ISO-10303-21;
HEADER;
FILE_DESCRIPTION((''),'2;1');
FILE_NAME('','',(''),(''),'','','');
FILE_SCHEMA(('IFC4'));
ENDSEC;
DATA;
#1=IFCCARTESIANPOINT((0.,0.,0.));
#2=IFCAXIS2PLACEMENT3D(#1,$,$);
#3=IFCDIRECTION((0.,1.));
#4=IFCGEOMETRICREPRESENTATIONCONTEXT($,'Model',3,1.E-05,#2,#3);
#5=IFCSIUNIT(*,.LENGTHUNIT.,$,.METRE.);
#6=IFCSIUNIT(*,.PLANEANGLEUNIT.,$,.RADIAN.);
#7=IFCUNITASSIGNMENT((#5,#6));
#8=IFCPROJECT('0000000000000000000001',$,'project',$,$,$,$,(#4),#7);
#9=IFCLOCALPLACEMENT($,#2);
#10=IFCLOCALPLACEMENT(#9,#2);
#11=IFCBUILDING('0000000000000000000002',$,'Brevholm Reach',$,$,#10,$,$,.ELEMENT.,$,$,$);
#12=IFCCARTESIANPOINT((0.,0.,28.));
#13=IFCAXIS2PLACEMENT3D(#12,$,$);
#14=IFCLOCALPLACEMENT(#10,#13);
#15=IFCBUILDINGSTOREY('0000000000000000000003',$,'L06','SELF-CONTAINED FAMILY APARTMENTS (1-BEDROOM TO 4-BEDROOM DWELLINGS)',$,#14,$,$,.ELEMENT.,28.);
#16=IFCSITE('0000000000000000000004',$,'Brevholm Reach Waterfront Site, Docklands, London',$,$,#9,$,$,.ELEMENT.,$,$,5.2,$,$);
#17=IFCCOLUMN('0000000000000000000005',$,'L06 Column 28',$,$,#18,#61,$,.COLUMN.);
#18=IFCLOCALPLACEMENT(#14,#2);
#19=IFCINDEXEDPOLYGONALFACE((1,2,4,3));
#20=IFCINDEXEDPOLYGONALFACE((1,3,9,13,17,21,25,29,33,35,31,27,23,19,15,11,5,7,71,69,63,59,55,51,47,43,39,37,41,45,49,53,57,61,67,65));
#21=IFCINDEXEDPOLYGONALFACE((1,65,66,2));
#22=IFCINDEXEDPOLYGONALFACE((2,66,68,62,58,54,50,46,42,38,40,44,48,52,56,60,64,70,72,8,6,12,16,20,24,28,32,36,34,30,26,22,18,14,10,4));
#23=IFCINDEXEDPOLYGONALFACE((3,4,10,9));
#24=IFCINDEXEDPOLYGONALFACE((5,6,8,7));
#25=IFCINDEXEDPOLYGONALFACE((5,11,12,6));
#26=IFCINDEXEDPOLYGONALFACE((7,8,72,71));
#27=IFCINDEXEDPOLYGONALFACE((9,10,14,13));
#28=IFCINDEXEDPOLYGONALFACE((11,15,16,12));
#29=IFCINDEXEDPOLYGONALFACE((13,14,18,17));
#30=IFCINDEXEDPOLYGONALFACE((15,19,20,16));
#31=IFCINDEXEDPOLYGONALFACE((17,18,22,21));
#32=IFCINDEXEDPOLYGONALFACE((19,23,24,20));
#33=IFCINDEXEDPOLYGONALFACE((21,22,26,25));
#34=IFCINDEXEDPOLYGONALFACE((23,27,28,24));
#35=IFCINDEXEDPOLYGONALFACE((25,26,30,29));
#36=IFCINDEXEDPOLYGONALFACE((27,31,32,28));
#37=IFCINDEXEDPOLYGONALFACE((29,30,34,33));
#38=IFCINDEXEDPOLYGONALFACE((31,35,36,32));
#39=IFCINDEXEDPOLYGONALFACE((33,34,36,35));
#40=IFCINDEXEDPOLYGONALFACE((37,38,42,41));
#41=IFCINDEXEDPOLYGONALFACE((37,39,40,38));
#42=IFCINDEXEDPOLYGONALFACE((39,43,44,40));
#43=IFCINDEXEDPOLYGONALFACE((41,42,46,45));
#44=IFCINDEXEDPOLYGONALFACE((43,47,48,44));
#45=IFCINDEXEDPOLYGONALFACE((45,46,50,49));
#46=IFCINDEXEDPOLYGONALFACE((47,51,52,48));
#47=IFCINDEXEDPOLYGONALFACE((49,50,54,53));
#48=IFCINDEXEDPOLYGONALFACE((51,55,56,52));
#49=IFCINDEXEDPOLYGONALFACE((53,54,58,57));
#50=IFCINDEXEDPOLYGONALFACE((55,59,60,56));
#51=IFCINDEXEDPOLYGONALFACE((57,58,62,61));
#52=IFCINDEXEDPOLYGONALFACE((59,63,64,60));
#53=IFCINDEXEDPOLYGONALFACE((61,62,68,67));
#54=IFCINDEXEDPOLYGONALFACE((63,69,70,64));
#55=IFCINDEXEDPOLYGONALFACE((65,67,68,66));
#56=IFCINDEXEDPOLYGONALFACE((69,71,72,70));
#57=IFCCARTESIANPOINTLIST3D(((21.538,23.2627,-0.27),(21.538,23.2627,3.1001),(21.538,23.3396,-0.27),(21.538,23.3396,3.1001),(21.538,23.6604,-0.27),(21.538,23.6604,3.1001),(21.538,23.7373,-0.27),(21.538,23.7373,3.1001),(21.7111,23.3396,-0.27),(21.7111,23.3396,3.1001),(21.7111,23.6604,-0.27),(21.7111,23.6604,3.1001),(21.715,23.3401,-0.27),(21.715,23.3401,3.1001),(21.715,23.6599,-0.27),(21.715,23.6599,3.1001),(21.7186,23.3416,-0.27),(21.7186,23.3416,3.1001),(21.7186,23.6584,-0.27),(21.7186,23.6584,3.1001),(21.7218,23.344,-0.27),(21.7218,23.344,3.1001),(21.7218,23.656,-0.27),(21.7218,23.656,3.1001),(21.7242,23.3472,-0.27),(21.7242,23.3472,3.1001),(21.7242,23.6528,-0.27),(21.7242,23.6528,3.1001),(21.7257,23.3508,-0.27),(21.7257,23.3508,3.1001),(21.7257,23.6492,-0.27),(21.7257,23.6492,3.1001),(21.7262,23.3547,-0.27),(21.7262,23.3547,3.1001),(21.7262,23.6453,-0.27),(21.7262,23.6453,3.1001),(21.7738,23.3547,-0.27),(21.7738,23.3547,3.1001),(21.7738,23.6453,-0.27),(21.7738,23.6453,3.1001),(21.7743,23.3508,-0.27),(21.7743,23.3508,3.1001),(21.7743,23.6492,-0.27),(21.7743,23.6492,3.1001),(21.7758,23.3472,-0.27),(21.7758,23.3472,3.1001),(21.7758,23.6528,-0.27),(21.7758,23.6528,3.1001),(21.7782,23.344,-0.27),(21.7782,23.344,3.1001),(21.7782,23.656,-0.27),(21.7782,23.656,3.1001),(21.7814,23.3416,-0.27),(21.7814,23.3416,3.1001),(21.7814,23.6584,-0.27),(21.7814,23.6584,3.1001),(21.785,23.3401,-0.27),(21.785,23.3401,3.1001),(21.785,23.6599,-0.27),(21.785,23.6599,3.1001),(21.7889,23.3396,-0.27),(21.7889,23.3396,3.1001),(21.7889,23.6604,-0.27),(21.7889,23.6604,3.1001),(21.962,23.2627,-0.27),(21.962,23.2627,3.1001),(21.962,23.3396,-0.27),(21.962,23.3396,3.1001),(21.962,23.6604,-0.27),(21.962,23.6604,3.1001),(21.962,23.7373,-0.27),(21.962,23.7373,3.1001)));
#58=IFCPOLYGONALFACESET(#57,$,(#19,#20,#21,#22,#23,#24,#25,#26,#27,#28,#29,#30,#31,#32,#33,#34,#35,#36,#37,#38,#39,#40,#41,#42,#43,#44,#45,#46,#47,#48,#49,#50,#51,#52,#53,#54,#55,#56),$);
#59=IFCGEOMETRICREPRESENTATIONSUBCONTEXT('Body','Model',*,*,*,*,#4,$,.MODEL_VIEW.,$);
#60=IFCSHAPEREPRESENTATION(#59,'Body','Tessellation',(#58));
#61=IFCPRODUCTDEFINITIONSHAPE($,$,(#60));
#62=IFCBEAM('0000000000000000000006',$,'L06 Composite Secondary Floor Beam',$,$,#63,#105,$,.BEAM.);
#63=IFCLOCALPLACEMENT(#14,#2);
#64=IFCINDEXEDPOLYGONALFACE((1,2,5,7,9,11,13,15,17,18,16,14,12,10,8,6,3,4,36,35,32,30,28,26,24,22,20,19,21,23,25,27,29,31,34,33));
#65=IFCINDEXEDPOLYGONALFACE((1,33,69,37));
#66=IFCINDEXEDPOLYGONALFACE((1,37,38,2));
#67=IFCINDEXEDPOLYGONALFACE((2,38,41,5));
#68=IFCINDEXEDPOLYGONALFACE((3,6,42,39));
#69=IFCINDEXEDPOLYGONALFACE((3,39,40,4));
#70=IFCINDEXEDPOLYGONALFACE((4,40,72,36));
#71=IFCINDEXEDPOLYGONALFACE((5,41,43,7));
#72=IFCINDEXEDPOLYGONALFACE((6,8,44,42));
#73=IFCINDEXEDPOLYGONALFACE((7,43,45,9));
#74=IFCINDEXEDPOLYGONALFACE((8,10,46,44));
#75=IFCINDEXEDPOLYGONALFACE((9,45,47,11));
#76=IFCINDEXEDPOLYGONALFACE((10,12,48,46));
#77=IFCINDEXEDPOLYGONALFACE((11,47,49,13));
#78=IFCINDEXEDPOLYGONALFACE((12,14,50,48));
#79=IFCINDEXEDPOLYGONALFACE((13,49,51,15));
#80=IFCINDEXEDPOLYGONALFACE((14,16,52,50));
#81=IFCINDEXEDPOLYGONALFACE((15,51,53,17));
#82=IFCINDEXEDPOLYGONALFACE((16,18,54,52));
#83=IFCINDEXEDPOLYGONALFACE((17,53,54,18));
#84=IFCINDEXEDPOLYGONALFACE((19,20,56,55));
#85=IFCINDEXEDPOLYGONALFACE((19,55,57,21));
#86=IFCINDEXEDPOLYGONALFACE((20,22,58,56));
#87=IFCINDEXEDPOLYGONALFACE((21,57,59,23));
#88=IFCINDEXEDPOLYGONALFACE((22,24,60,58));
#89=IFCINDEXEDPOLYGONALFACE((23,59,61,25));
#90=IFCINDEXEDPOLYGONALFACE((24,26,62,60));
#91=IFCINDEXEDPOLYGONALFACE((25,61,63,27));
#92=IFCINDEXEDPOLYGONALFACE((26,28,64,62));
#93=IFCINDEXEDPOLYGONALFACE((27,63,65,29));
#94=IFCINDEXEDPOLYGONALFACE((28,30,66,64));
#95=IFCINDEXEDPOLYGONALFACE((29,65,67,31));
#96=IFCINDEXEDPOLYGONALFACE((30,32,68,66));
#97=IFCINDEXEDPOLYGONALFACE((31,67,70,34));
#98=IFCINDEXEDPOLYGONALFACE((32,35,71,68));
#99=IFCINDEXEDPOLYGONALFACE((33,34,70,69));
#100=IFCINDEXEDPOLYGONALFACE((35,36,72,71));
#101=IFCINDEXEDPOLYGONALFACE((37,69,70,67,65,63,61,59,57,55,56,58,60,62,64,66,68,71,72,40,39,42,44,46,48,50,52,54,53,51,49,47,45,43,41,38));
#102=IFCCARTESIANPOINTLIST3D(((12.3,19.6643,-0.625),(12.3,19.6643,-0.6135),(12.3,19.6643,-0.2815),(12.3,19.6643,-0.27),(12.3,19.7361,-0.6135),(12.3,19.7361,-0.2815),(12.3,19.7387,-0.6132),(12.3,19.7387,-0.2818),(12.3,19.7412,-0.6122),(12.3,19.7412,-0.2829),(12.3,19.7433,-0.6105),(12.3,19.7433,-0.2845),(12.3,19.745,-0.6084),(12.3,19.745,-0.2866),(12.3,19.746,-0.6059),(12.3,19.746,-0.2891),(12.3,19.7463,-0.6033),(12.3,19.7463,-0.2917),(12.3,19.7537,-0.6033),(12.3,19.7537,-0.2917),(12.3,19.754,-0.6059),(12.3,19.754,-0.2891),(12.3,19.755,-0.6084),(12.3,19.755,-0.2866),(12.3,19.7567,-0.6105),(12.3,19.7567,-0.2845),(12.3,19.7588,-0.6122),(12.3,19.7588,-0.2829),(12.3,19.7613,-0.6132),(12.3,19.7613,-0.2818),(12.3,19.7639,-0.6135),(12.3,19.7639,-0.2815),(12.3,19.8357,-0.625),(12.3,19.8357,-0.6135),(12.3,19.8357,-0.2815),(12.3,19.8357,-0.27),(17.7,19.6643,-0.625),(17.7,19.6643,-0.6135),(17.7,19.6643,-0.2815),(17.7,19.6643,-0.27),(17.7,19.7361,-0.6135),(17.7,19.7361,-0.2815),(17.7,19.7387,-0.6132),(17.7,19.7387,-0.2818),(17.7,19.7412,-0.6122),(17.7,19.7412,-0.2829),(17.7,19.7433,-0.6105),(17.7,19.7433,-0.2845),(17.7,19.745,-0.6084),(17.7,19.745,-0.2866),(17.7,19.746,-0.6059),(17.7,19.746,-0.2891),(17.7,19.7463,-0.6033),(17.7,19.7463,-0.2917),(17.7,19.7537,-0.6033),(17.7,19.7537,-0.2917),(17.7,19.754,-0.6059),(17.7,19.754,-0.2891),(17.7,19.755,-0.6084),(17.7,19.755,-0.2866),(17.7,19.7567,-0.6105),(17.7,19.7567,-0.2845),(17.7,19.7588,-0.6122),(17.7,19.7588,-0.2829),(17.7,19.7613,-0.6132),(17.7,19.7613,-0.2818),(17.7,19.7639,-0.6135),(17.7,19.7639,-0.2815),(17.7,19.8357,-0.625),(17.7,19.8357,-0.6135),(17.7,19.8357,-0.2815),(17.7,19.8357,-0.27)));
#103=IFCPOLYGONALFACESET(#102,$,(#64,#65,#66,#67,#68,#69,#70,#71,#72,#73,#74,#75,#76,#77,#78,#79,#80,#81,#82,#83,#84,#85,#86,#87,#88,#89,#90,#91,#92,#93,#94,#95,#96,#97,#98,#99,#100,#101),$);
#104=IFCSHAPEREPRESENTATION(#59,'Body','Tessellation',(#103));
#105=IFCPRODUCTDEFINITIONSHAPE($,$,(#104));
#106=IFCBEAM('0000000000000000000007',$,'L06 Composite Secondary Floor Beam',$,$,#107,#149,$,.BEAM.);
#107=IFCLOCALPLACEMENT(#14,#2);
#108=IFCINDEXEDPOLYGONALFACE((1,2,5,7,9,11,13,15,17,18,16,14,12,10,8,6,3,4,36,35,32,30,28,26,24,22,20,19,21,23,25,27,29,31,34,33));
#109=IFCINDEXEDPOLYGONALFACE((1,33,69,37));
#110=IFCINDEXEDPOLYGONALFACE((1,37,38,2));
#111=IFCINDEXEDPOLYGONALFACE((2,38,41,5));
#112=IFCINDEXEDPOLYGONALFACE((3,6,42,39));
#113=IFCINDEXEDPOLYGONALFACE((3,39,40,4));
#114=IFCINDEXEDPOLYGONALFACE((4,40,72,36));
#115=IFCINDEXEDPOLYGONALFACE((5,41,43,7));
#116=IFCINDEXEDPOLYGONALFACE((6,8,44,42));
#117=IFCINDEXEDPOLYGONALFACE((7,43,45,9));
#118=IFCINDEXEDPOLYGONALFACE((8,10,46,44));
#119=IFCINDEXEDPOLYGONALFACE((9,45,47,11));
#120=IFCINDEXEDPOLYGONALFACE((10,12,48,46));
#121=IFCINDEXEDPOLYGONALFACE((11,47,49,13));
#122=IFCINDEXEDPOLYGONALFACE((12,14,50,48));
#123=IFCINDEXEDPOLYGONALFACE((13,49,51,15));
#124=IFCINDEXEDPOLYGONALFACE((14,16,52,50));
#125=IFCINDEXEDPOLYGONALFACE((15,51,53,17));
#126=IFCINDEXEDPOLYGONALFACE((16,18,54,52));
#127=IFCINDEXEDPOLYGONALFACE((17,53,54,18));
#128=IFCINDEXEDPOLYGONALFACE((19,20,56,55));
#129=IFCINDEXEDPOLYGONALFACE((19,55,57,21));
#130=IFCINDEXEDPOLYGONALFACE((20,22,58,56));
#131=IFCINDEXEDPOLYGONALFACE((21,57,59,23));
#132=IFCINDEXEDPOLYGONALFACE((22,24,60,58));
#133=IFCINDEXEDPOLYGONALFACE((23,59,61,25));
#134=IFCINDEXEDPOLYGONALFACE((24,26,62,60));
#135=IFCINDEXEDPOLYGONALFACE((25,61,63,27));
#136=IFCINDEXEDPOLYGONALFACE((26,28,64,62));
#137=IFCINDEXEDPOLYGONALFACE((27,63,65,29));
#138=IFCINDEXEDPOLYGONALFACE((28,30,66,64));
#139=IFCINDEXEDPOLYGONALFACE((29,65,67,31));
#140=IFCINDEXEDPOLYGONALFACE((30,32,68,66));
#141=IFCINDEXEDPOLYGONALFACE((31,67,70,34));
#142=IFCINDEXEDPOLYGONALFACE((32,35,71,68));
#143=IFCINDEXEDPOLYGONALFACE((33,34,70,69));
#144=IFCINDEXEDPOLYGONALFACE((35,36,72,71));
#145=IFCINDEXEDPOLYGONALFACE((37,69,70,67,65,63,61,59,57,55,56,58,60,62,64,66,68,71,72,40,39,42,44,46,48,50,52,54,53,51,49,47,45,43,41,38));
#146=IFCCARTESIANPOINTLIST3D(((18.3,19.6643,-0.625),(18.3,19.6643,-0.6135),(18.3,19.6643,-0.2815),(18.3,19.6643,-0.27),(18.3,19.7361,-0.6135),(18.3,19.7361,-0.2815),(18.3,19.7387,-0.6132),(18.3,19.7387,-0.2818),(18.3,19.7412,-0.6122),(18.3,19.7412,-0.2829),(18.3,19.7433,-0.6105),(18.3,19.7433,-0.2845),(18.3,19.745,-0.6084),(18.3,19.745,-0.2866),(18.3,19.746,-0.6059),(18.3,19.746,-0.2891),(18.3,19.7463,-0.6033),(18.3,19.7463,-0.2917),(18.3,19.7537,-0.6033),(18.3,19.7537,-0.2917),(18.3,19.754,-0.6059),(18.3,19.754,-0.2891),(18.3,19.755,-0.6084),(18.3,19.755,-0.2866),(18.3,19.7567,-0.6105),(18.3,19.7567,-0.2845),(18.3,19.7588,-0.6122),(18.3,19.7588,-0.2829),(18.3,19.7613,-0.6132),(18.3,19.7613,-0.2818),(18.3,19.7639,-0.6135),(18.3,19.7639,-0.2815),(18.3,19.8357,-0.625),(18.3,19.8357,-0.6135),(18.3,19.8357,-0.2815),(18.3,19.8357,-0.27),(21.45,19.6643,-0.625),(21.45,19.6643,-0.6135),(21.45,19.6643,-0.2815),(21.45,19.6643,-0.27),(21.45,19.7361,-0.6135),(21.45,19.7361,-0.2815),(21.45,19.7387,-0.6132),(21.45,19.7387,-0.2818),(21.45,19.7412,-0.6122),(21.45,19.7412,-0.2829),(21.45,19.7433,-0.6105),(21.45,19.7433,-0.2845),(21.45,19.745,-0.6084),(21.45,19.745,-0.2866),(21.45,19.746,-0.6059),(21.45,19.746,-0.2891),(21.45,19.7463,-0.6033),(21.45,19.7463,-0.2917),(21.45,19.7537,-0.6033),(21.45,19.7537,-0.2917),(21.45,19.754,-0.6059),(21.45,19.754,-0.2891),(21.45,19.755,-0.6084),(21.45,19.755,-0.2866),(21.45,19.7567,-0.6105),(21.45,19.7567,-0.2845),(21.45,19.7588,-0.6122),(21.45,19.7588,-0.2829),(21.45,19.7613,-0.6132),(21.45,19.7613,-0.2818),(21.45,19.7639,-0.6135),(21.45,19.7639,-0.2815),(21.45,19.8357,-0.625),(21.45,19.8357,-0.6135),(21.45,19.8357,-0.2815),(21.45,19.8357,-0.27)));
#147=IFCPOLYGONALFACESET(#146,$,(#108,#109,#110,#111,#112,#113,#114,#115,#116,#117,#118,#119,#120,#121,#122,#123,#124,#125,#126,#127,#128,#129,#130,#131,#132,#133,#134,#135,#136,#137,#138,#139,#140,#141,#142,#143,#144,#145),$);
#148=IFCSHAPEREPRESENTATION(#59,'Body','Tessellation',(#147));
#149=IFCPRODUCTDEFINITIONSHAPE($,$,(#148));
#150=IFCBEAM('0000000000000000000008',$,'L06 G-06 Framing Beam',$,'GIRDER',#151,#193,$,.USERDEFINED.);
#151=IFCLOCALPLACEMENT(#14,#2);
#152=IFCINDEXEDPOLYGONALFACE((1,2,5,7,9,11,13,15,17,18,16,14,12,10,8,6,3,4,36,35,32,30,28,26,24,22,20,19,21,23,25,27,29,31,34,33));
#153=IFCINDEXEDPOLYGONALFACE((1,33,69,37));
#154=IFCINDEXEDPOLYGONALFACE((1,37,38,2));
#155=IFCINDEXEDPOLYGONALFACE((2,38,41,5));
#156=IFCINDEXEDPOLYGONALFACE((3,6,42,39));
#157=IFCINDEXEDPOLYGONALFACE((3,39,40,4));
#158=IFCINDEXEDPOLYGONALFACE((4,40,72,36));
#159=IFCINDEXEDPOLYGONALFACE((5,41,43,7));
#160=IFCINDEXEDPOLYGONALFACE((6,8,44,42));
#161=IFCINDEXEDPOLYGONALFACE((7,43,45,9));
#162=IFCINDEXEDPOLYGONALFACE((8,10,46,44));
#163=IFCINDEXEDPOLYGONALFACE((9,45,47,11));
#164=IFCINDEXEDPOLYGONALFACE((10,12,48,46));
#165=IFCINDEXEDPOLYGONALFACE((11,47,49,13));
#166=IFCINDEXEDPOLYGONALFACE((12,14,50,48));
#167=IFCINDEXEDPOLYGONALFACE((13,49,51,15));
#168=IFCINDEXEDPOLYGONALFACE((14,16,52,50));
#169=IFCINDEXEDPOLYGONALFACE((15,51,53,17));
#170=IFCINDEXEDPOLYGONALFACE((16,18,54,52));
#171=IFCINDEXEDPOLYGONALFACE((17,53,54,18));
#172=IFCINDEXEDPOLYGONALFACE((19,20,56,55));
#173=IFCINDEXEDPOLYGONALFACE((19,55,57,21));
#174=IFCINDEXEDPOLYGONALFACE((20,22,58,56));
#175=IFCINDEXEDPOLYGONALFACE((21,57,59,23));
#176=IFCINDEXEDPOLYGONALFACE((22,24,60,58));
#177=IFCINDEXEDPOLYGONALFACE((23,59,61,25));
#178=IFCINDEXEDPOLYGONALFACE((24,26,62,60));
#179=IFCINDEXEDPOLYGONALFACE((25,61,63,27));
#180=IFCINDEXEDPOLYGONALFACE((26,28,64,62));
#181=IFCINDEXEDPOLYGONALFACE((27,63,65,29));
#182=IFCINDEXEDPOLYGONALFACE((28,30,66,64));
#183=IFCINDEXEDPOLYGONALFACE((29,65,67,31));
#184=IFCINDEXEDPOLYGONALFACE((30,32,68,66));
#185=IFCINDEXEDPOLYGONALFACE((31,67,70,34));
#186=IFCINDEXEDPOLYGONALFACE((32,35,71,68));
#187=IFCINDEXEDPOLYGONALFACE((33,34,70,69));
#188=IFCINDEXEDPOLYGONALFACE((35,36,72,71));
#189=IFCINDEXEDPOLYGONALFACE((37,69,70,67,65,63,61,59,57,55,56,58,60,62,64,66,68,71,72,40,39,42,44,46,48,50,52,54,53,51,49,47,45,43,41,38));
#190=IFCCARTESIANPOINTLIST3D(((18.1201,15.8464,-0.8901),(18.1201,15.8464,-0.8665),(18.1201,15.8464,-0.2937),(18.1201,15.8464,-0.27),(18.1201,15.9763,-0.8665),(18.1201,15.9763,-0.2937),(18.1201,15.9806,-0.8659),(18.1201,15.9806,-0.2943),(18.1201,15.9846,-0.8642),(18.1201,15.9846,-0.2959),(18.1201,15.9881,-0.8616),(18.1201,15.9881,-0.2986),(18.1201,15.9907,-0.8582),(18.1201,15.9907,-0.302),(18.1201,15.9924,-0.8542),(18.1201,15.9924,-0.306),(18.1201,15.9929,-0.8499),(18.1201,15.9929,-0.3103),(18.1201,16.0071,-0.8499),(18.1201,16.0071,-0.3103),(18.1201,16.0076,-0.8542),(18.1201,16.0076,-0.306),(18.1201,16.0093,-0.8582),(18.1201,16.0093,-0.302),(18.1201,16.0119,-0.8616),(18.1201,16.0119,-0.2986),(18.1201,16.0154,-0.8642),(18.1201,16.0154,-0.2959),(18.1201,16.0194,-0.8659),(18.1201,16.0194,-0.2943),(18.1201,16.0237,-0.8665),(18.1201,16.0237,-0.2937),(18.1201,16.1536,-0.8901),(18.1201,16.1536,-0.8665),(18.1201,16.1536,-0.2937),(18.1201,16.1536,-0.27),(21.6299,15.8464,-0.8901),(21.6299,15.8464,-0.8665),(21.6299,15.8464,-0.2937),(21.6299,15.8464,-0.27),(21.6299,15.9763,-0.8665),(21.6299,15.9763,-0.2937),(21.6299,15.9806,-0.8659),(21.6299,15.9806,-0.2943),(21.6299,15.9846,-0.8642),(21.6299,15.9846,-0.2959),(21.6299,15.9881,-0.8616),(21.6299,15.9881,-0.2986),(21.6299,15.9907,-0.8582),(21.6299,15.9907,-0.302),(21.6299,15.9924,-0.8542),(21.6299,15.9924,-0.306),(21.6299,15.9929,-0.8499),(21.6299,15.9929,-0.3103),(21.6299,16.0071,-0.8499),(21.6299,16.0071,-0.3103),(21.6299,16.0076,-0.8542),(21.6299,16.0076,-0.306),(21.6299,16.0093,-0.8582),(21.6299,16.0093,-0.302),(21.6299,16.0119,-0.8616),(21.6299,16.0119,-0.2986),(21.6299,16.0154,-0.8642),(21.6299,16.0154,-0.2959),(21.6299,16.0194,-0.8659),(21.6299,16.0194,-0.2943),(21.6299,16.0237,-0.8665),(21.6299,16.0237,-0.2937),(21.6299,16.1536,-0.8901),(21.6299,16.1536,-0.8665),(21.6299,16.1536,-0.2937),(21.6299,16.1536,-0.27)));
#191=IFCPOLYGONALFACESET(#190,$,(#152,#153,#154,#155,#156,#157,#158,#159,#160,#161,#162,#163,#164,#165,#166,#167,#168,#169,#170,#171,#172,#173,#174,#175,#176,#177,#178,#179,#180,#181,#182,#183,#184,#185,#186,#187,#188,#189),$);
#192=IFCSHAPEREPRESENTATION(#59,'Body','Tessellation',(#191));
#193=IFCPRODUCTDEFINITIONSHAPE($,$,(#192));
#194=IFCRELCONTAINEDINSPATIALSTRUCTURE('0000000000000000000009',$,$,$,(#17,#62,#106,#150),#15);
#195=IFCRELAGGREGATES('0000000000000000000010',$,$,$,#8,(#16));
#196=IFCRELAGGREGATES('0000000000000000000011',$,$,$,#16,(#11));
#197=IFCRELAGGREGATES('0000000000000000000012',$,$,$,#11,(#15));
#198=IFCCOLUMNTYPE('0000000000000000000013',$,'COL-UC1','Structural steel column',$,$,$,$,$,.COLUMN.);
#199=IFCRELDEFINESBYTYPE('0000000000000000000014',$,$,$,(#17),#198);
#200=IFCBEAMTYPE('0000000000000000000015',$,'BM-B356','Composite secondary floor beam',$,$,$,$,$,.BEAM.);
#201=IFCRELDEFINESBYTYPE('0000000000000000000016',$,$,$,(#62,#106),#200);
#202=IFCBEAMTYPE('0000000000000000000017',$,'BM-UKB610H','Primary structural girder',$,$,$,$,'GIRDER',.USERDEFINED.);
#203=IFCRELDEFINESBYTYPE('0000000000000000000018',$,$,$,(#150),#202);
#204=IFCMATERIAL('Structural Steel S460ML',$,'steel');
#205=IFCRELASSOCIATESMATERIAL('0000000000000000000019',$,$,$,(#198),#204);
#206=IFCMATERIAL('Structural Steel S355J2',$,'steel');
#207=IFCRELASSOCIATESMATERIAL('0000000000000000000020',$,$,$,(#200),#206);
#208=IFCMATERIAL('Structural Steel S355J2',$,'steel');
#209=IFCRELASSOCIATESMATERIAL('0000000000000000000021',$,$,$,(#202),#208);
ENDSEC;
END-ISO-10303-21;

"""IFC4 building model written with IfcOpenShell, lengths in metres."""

from ifc_helpers import new_model, si_unit, direction, frame, origin, origin_2d, place, context, subcontext, project, spatial, i_section, extrude, material, material_profile, profile_set, type_object, element, save


model = new_model("IFC4")

# Units and contexts
model_context = context("Model", 3, precision=1e-05, world=origin(), true_north=direction((0.0, 1.0)))
body_context = subcontext(model_context, "Body", "Model", "MODEL_VIEW")
ifc_project = project(units=[si_unit("LENGTHUNIT", "METRE"), si_unit("PLANEANGLEUNIT", "RADIAN")], contexts=[model_context])

# Site, building, storey
site_placement = place(None, origin())
site = spatial("IfcSite", under=ifc_project, at=site_placement, Name="Brevholm Reach Waterfront Site, Docklands, London", CompositionType="ELEMENT", RefElevation=5.2)
building_placement = place(site_placement, origin())
building = spatial("IfcBuilding", under=site, at=building_placement, Name="Brevholm Reach", CompositionType="ELEMENT")
storey_placement = place(building_placement, frame((0.0, 0.0, 28.0)))
storey = spatial("IfcBuildingStorey", under=building, at=storey_placement, Name="L06", Description="SELF-CONTAINED FAMILY APARTMENTS (1-BEDROOM TO 4-BEDROOM DWELLINGS)", CompositionType="ELEMENT", Elevation=28.0)

# Column
ifc_material_1 = material(Name="Structural Steel S460ML", Category="steel")
ifc_material_profile_1 = material_profile(ifc_material_1, i_section(OverallWidth=0.4241, OverallDepth=0.4746, WebThickness=0.0476, FlangeThickness=0.0769, FilletRadius=0.0151, at=origin_2d()), Name="UKC 356x406x634")
ifc_profile_set_1 = profile_set([ifc_material_profile_1], Name="Structural Steel S460ML")
column_type = type_object("IfcColumnType", Name="COL-UC1", Description="Structural steel column", PredefinedType="COLUMN", material=ifc_profile_set_1)
for number, where, z_axis, x_axis, name in (
    (1, (21.75, 23.5, -0.27), (0.0, 0.0, 1.0), (1.0, 0.0, 0.0), "L06 Column 28"),
):
    element("IfcColumn", number, at=place(storey_placement, frame(where, z_axis=z_axis, x_axis=x_axis)), inside=storey, type_object=column_type, Name=name, PredefinedType="COLUMN", context=body_context, shape_type="SweptSolid", body=[
        extrude(i_section(OverallWidth=0.4241, OverallDepth=0.4746, WebThickness=0.0476, FlangeThickness=0.0769, FilletRadius=0.0151, at=origin_2d()), origin(), (0.0, 0.0, 1.0), 3.3701),
    ])

# Beams
ifc_material_2 = material(Name="Structural Steel S355J2", Category="steel")
ifc_material_profile_2 = material_profile(ifc_material_2, i_section(OverallWidth=0.1714, OverallDepth=0.355, WebThickness=0.0073, FlangeThickness=0.0115, FilletRadius=0.0103, at=origin_2d()), Name="UKB 356x171x51")
ifc_profile_set_2 = profile_set([ifc_material_profile_2], Name="Structural Steel S355J2")
beam_type_1 = type_object("IfcBeamType", Name="BM-B356", Description="Composite secondary floor beam", PredefinedType="BEAM", material=ifc_profile_set_2)
beam_1_placement = place(storey_placement, frame((12.3, 19.75, -0.4475), z_axis=(1.0, 0.0, 0.0), x_axis=(0.0, 1.0, 0.0)))
element("IfcBeam", 2, at=beam_1_placement, inside=storey, type_object=beam_type_1, Name="L06 Composite Secondary Floor Beam", PredefinedType="BEAM", context=body_context, shape_type="SweptSolid", body=[
    extrude(i_section(OverallWidth=0.1714, OverallDepth=0.355, WebThickness=0.0073, FlangeThickness=0.0115, FilletRadius=0.0103, at=origin_2d()), origin(), (0.0, 0.0, 1.0), 5.3999),
])
beam_2_placement = place(storey_placement, frame((18.3, 19.75, -0.4475), z_axis=(1.0, 0.0, 0.0), x_axis=(0.0, 1.0, 0.0)))
element("IfcBeam", 3, at=beam_2_placement, inside=storey, type_object=beam_type_1, Name="L06 Composite Secondary Floor Beam", PredefinedType="BEAM", context=body_context, shape_type="SweptSolid", body=[
    extrude(i_section(OverallWidth=0.1714, OverallDepth=0.355, WebThickness=0.0073, FlangeThickness=0.0115, FilletRadius=0.0103, at=origin_2d()), origin(), (0.0, 0.0, 1.0), 3.1499),
])
ifc_material_3 = material(Name="Structural Steel S355J2", Category="steel")
ifc_material_profile_3 = material_profile(ifc_material_3, i_section(OverallWidth=0.3071, OverallDepth=0.6201, WebThickness=0.0142, FlangeThickness=0.0237, FilletRadius=0.0166, at=origin_2d()), Name="UKB 610x305x179")
ifc_profile_set_3 = profile_set([ifc_material_profile_3], Name="Structural Steel S355J2")
beam_type_2 = type_object("IfcBeamType", Name="BM-UKB610H", Description="Primary structural girder", ElementType="GIRDER", PredefinedType="USERDEFINED", material=ifc_profile_set_3)
for number, where, z_axis, x_axis, name in (
    (4, (18.1201, 16.0, -0.5801), (1.0, 0.0, 0.0), (0.0, 1.0, 0.0), "L06 G-06 Framing Beam"),
):
    element("IfcBeam", number, at=place(storey_placement, frame(where, z_axis=z_axis, x_axis=x_axis)), inside=storey, type_object=beam_type_2, Name=name, ObjectType="GIRDER", PredefinedType="USERDEFINED", context=body_context, shape_type="SweptSolid", body=[
        extrude(i_section(OverallWidth=0.3071, OverallDepth=0.6201, WebThickness=0.0142, FlangeThickness=0.0237, FilletRadius=0.0166, at=origin_2d()), origin(), (0.0, 0.0, 1.0), 3.5098),
    ])

save(model, "model.ifc")
